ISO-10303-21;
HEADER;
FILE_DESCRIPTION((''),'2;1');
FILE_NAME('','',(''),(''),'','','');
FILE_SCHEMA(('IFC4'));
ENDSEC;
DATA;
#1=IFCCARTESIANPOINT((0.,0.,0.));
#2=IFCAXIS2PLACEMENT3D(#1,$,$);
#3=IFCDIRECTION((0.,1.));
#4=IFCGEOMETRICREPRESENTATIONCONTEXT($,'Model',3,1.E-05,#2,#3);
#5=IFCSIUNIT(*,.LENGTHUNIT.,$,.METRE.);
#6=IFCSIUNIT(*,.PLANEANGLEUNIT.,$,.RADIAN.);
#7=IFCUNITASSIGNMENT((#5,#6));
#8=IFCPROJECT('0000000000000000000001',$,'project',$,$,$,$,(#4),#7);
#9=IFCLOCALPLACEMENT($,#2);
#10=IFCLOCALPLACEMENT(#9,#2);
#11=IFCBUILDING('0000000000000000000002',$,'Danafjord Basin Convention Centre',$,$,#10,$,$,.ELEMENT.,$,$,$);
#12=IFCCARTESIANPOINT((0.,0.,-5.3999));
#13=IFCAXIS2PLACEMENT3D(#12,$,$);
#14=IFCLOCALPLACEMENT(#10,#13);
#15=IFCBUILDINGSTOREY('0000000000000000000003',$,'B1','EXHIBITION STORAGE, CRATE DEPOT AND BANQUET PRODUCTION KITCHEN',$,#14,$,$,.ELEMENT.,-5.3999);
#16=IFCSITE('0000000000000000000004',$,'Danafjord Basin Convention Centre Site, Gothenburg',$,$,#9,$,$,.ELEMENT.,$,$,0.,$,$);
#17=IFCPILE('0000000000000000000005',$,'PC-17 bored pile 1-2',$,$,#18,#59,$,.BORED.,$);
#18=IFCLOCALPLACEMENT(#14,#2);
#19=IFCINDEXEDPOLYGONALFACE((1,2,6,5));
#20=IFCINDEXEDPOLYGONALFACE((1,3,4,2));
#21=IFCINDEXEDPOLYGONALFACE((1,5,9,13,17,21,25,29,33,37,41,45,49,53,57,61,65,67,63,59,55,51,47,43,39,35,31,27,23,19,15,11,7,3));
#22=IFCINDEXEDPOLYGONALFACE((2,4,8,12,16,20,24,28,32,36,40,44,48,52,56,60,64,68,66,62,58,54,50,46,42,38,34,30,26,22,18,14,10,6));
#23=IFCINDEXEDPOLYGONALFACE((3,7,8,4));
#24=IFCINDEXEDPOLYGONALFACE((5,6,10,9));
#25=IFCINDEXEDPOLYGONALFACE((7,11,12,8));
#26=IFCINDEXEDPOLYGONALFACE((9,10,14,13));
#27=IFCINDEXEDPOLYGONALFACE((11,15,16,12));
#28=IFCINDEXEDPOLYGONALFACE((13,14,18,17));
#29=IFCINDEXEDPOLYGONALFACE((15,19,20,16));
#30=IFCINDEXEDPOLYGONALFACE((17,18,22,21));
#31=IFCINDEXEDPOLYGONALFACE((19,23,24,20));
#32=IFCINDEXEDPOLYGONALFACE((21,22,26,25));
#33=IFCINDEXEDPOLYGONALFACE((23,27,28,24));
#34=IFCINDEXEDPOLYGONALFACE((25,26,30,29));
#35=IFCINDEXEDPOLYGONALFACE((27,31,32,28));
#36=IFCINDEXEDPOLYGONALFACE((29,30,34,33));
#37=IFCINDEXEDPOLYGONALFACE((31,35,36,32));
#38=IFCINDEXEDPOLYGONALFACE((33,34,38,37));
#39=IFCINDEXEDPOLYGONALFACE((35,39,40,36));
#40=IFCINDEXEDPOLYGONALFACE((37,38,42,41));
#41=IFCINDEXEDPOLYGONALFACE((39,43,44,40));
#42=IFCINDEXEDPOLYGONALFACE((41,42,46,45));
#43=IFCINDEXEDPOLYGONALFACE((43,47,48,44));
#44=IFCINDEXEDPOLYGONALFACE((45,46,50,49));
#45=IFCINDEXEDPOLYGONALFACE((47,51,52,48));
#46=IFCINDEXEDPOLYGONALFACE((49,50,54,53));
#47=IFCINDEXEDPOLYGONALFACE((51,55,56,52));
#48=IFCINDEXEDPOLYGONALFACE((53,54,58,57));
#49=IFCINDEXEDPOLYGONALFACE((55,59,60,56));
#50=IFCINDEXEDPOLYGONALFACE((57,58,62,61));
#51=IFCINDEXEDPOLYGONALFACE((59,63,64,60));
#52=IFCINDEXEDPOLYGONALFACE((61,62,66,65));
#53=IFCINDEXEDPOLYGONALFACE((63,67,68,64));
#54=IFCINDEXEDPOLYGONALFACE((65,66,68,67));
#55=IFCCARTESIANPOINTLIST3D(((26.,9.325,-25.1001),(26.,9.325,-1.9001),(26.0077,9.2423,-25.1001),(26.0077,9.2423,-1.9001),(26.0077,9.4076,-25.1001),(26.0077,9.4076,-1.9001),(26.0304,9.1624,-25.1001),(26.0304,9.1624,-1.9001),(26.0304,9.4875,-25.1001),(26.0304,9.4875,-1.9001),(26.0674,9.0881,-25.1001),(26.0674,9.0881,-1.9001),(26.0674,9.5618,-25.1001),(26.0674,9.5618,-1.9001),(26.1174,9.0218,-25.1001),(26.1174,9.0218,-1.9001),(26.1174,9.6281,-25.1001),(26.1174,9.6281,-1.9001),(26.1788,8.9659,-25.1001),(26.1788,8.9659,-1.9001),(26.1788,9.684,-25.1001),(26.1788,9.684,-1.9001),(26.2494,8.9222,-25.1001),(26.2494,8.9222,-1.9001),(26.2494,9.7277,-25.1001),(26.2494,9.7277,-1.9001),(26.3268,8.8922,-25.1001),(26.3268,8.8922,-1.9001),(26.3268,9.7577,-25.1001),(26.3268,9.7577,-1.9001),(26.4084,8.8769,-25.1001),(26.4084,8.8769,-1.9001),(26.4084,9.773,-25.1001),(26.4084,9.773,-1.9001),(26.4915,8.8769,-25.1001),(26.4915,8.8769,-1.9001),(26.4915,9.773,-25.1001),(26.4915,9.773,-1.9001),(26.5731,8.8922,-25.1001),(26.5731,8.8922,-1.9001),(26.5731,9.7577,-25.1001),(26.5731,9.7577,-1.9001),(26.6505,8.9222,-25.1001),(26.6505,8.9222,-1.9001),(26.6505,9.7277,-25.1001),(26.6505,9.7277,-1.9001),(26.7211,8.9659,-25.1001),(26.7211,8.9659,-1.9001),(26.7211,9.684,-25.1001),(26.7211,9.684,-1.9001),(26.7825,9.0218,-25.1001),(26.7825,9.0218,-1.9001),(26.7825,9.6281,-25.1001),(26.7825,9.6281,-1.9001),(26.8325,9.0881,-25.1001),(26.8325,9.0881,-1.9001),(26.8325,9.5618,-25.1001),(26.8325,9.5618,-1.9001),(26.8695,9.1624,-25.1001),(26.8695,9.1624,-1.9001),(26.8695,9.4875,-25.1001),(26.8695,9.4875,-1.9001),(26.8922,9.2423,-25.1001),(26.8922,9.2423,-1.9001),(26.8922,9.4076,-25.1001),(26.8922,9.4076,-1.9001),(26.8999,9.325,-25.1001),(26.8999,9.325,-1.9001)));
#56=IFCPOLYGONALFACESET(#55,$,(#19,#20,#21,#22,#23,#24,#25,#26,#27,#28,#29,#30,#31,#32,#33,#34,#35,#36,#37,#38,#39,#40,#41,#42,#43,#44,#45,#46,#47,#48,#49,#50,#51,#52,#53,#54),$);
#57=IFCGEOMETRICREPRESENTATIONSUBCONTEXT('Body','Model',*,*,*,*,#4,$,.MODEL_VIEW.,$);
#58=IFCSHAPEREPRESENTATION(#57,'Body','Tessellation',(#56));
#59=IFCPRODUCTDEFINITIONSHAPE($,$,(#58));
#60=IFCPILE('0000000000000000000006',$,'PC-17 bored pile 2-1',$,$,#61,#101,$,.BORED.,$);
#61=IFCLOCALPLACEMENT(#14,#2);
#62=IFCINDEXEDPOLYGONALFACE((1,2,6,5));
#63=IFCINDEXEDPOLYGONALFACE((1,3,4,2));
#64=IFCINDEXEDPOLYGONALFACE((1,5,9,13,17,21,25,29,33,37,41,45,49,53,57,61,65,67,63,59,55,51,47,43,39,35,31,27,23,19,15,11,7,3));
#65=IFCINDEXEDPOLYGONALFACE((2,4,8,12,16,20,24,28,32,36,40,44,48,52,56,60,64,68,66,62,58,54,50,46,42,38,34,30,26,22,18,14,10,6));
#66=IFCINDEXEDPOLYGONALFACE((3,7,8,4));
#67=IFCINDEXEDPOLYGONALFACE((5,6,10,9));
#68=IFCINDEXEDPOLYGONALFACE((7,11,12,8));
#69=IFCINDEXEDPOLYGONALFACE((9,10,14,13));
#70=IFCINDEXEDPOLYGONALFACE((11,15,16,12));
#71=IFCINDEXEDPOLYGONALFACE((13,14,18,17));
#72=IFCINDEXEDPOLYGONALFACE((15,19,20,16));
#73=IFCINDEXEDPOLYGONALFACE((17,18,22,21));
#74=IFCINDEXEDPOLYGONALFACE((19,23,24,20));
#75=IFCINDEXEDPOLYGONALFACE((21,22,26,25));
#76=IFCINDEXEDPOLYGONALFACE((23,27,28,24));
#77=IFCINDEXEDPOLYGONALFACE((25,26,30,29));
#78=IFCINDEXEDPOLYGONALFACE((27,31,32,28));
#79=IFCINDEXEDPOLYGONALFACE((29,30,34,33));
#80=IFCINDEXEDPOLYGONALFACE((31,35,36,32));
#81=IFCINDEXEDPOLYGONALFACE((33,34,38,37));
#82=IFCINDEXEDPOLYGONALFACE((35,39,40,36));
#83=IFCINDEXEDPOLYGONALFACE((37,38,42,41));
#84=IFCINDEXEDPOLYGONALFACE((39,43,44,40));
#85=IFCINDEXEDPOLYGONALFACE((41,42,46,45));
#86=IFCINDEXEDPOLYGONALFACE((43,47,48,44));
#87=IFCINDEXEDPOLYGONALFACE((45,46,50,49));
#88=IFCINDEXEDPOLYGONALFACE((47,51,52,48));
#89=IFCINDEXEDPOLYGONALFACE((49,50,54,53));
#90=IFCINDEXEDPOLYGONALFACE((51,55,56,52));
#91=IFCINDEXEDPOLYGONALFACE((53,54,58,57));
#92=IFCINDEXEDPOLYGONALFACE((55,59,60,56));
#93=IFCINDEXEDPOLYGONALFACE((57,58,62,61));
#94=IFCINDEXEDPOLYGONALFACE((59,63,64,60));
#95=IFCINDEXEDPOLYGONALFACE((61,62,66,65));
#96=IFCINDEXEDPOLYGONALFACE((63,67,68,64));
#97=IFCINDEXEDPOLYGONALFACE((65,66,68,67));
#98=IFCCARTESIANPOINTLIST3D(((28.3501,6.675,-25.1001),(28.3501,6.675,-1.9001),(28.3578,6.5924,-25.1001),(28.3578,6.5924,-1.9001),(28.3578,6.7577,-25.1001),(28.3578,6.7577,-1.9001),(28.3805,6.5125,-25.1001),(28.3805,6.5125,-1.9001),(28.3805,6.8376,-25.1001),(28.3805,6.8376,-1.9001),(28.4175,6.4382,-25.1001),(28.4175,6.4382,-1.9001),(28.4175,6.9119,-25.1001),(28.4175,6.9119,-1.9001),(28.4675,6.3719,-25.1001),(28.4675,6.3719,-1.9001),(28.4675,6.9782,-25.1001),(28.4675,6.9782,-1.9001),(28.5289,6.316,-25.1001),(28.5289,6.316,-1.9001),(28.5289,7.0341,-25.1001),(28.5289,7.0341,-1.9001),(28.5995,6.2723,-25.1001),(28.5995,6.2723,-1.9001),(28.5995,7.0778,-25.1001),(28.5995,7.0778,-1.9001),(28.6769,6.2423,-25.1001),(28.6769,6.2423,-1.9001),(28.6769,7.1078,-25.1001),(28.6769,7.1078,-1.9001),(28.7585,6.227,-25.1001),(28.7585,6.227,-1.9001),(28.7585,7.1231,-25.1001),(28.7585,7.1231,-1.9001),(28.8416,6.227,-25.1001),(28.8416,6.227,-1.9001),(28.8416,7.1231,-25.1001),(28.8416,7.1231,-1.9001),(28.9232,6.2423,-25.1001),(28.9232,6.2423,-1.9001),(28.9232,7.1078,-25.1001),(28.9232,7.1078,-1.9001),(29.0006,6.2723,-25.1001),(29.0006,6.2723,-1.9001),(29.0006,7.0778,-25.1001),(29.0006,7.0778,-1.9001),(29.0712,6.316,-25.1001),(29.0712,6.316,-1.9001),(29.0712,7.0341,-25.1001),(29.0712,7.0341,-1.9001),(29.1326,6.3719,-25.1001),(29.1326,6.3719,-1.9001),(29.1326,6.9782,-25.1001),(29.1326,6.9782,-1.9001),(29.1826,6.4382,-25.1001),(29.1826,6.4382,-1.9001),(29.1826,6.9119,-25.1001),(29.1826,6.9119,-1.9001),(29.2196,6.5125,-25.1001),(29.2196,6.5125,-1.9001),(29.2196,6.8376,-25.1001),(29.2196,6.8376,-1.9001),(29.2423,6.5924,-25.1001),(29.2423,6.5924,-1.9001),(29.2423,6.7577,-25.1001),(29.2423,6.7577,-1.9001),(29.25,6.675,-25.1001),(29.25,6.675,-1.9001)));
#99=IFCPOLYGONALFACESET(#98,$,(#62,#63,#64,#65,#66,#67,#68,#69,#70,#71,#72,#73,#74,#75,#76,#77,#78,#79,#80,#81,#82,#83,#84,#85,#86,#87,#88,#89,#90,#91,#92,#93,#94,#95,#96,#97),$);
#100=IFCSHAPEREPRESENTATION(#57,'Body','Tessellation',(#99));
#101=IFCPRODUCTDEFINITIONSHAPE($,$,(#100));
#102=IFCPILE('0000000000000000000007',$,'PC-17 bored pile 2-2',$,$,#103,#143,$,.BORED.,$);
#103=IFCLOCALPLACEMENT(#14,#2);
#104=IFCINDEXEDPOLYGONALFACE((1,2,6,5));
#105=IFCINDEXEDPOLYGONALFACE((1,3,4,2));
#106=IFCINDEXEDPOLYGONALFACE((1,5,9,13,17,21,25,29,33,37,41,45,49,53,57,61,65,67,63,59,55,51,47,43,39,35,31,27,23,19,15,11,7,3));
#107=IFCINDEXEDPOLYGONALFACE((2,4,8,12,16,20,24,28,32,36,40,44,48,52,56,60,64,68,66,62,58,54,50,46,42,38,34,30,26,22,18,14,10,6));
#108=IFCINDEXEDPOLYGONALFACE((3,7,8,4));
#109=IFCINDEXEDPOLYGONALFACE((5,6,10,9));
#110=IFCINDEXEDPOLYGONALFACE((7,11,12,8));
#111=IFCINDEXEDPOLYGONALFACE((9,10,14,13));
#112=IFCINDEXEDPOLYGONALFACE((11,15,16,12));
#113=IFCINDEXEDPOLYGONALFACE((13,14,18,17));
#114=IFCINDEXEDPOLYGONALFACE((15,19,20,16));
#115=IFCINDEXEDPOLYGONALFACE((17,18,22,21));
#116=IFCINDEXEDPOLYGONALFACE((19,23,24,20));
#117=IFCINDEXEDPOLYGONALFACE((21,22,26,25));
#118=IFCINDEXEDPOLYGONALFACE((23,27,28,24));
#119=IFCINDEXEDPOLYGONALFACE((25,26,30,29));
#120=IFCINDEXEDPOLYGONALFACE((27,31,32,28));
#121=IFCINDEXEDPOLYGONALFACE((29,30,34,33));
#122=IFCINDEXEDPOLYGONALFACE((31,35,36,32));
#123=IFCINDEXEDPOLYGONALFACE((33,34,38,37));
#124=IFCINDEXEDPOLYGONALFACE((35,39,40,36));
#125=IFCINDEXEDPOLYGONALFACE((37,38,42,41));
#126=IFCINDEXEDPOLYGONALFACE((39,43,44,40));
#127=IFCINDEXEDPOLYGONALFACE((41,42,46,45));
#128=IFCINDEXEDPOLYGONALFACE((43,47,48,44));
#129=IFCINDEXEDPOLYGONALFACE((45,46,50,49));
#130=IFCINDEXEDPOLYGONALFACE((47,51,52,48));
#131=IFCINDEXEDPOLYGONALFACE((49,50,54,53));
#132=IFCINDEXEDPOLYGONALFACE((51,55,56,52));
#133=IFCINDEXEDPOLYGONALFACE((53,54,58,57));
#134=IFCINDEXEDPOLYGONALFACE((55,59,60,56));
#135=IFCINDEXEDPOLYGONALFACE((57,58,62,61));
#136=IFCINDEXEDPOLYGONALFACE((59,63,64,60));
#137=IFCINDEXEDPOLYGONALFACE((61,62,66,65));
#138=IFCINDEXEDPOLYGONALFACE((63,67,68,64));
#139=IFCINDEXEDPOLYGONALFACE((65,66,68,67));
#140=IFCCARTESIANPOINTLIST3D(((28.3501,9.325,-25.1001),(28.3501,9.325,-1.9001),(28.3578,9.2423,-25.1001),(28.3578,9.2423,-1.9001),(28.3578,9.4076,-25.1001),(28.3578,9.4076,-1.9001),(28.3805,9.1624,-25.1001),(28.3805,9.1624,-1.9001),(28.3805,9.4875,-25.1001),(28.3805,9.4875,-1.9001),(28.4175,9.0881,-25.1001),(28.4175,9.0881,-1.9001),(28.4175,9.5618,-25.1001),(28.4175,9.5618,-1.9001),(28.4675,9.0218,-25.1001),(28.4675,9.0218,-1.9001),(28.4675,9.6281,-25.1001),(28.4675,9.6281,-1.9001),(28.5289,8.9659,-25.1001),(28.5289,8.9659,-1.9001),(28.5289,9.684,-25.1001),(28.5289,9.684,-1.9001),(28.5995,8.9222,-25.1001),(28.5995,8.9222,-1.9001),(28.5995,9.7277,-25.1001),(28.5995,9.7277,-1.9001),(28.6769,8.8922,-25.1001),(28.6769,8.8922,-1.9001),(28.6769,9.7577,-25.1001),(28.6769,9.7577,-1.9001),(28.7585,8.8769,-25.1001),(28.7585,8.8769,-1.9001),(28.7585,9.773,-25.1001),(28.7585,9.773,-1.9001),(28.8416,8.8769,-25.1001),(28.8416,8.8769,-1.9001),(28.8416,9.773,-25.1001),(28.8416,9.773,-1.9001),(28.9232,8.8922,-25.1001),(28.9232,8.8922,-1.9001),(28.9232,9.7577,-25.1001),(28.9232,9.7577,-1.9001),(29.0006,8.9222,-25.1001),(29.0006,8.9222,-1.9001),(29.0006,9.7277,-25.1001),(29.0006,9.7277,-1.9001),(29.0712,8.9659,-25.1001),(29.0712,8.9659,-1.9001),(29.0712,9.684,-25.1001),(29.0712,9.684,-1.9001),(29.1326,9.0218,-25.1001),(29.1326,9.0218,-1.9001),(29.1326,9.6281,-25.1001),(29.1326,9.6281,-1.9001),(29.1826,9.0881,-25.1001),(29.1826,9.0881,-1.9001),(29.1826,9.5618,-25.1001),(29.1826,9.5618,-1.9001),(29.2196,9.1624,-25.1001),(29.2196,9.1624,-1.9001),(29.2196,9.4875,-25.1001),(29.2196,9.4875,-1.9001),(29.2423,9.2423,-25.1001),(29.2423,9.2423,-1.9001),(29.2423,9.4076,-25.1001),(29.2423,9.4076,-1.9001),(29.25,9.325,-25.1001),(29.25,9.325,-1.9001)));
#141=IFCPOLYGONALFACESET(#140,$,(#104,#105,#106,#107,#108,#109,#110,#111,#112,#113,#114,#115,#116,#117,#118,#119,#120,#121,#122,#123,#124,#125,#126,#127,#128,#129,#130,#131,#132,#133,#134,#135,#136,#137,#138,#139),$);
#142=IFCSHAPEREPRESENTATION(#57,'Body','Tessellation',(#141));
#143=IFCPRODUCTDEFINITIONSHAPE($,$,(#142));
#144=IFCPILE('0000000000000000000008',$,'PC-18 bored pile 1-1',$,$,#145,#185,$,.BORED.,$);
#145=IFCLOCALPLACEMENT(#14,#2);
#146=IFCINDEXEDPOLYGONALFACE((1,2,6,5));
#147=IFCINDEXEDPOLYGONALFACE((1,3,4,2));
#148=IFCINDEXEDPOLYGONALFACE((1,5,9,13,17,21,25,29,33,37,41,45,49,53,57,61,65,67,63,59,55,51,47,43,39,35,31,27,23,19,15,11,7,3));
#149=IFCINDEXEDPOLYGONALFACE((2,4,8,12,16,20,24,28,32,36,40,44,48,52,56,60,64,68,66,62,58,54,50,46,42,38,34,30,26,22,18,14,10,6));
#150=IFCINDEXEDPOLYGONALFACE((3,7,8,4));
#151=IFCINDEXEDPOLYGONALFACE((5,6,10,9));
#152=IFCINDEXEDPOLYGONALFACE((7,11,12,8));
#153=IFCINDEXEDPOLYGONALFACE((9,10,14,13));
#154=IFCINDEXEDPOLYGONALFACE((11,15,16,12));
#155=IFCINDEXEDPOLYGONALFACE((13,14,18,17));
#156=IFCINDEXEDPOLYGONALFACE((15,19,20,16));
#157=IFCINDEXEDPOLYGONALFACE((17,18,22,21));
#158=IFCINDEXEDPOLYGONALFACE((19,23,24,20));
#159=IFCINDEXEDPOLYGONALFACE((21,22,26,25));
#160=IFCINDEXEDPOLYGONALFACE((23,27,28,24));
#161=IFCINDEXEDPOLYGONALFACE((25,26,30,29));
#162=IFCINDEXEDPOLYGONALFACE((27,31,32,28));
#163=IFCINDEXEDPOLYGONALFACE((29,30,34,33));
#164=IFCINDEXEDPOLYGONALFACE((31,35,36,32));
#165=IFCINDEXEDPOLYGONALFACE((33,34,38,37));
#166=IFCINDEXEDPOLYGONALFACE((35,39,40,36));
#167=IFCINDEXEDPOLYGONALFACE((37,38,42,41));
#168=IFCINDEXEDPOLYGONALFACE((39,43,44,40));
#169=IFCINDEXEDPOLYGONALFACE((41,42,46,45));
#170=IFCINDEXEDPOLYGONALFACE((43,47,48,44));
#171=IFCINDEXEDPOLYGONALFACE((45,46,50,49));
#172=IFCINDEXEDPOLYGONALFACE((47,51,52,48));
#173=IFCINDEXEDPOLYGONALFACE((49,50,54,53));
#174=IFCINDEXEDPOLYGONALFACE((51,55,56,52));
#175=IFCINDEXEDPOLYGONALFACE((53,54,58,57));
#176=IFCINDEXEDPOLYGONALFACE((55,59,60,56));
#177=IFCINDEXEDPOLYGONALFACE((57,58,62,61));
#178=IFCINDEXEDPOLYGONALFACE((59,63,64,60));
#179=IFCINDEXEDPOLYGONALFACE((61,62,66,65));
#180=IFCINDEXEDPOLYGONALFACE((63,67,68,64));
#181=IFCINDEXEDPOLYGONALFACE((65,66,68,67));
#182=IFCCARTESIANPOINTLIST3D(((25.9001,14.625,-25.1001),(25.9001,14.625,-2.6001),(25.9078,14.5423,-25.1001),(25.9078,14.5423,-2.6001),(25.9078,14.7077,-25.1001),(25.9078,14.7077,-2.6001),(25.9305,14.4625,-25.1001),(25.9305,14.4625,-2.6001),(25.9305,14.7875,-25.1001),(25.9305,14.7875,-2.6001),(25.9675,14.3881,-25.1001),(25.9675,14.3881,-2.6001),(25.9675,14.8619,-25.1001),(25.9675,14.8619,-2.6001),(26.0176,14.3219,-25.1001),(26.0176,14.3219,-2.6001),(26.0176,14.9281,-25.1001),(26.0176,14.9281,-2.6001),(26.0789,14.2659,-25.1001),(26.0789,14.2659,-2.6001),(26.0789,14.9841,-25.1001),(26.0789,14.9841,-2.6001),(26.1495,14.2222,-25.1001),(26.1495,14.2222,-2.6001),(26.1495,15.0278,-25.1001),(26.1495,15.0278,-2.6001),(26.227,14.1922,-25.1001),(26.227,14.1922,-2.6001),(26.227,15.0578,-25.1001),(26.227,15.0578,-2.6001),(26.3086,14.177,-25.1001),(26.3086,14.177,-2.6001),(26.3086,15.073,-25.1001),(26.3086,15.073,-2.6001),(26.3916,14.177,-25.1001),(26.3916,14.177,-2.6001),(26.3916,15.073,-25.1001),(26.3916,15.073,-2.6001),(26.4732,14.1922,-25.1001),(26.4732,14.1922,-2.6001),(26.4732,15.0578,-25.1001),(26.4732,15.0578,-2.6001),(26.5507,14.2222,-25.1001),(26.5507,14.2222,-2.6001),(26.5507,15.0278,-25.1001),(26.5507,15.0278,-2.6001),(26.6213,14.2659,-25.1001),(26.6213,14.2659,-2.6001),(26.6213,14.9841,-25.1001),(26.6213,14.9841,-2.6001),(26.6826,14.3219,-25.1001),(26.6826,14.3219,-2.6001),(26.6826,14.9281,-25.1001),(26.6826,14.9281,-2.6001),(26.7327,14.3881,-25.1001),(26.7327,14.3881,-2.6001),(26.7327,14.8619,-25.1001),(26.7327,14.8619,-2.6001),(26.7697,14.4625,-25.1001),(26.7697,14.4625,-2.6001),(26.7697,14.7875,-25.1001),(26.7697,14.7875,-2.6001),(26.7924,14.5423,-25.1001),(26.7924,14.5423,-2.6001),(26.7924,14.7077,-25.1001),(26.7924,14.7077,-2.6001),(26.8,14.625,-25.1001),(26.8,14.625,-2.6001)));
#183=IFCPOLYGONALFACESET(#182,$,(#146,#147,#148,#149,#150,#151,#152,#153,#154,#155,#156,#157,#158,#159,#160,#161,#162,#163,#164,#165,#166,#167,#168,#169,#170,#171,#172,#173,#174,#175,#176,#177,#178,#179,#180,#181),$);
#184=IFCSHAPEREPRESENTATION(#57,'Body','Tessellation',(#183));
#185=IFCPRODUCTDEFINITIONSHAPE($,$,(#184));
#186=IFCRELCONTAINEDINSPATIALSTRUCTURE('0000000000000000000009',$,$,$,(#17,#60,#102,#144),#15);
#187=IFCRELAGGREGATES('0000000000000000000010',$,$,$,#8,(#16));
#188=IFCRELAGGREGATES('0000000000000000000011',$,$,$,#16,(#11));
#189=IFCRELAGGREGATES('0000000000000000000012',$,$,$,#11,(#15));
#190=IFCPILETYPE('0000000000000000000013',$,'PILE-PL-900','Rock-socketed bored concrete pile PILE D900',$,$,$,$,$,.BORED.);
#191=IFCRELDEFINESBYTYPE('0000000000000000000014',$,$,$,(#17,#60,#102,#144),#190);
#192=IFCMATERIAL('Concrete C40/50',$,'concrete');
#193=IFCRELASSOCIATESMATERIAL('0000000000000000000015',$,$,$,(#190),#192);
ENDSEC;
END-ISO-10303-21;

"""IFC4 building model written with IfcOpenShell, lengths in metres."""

from ifc_helpers import new_model, si_unit, direction, frame, origin, origin_2d, place, context, subcontext, project, spatial, circle, extrude, material, material_profile, profile_set, type_object, element, save


model = new_model("IFC4")

# Units and contexts
model_context = context("Model", 3, precision=1e-05, world=origin(), true_north=direction((0.0, 1.0)))
body_context = subcontext(model_context, "Body", "Model", "MODEL_VIEW")
ifc_project = project(units=[si_unit("LENGTHUNIT", "METRE"), si_unit("PLANEANGLEUNIT", "RADIAN")], contexts=[model_context])

# Site, building, storey
site_placement = place(None, origin())
site = spatial("IfcSite", under=ifc_project, at=site_placement, Name="Danafjord Basin Convention Centre Site, Gothenburg", CompositionType="ELEMENT", RefElevation=0.0)
building_placement = place(site_placement, origin())
building = spatial("IfcBuilding", under=site, at=building_placement, Name="Danafjord Basin Convention Centre", CompositionType="ELEMENT")
storey_placement = place(building_placement, frame((0.0, 0.0, -5.3999)))
storey = spatial("IfcBuildingStorey", under=building, at=storey_placement, Name="B1", Description="EXHIBITION STORAGE, CRATE DEPOT AND BANQUET PRODUCTION KITCHEN", CompositionType="ELEMENT", Elevation=-5.3999)

# Shared definitions
ifc_material_1 = material(Name="Concrete C40/50", Category="concrete")

# Piles
ifc_material_profile_1 = material_profile(ifc_material_1, circle(Radius=0.45, at=origin_2d()), Name="PILE D900")
ifc_profile_set_1 = profile_set([ifc_material_profile_1], Name="Concrete C40/50")
pile_type_1 = type_object("IfcPileType", Name="PILE-PL-900", Description="Rock-socketed bored concrete pile PILE D900", PredefinedType="BORED", material=ifc_profile_set_1)
for number, where, z_axis, x_axis, name in (
    (1, (26.45, 9.325, -1.9001), (0.0, 0.0, -1.0), (1.0, 0.0, 0.0), "PC-17 bored pile 1-2"),
    (2, (28.8, 6.675, -1.9001), (0.0, 0.0, -1.0), (1.0, 0.0, 0.0), "PC-17 bored pile 2-1"),
    (3, (28.8, 9.325, -1.9001), (0.0, 0.0, -1.0), (1.0, 0.0, 0.0), "PC-17 bored pile 2-2"),
):
    element("IfcPile", number, at=place(storey_placement, frame(where, z_axis=z_axis, x_axis=x_axis)), inside=storey, type_object=pile_type_1, Name=name, PredefinedType="BORED", context=body_context, shape_type="SweptSolid", body=[
        extrude(circle(Radius=0.45, at=origin_2d()), origin(), (0.0, 0.0, 1.0), 23.2),
    ])
for number, where, z_axis, x_axis, name in (
    (4, (26.3501, 14.625, -2.6001), (0.0, 0.0, -1.0), (1.0, 0.0, 0.0), "PC-18 bored pile 1-1"),
):
    element("IfcPile", number, at=place(storey_placement, frame(where, z_axis=z_axis, x_axis=x_axis)), inside=storey, type_object=pile_type_1, Name=name, PredefinedType="BORED", context=body_context, shape_type="SweptSolid", body=[
        extrude(circle(Radius=0.45, at=origin_2d()), origin(), (0.0, 0.0, 1.0), 22.5),
    ])

save(model, "model.ifc")
